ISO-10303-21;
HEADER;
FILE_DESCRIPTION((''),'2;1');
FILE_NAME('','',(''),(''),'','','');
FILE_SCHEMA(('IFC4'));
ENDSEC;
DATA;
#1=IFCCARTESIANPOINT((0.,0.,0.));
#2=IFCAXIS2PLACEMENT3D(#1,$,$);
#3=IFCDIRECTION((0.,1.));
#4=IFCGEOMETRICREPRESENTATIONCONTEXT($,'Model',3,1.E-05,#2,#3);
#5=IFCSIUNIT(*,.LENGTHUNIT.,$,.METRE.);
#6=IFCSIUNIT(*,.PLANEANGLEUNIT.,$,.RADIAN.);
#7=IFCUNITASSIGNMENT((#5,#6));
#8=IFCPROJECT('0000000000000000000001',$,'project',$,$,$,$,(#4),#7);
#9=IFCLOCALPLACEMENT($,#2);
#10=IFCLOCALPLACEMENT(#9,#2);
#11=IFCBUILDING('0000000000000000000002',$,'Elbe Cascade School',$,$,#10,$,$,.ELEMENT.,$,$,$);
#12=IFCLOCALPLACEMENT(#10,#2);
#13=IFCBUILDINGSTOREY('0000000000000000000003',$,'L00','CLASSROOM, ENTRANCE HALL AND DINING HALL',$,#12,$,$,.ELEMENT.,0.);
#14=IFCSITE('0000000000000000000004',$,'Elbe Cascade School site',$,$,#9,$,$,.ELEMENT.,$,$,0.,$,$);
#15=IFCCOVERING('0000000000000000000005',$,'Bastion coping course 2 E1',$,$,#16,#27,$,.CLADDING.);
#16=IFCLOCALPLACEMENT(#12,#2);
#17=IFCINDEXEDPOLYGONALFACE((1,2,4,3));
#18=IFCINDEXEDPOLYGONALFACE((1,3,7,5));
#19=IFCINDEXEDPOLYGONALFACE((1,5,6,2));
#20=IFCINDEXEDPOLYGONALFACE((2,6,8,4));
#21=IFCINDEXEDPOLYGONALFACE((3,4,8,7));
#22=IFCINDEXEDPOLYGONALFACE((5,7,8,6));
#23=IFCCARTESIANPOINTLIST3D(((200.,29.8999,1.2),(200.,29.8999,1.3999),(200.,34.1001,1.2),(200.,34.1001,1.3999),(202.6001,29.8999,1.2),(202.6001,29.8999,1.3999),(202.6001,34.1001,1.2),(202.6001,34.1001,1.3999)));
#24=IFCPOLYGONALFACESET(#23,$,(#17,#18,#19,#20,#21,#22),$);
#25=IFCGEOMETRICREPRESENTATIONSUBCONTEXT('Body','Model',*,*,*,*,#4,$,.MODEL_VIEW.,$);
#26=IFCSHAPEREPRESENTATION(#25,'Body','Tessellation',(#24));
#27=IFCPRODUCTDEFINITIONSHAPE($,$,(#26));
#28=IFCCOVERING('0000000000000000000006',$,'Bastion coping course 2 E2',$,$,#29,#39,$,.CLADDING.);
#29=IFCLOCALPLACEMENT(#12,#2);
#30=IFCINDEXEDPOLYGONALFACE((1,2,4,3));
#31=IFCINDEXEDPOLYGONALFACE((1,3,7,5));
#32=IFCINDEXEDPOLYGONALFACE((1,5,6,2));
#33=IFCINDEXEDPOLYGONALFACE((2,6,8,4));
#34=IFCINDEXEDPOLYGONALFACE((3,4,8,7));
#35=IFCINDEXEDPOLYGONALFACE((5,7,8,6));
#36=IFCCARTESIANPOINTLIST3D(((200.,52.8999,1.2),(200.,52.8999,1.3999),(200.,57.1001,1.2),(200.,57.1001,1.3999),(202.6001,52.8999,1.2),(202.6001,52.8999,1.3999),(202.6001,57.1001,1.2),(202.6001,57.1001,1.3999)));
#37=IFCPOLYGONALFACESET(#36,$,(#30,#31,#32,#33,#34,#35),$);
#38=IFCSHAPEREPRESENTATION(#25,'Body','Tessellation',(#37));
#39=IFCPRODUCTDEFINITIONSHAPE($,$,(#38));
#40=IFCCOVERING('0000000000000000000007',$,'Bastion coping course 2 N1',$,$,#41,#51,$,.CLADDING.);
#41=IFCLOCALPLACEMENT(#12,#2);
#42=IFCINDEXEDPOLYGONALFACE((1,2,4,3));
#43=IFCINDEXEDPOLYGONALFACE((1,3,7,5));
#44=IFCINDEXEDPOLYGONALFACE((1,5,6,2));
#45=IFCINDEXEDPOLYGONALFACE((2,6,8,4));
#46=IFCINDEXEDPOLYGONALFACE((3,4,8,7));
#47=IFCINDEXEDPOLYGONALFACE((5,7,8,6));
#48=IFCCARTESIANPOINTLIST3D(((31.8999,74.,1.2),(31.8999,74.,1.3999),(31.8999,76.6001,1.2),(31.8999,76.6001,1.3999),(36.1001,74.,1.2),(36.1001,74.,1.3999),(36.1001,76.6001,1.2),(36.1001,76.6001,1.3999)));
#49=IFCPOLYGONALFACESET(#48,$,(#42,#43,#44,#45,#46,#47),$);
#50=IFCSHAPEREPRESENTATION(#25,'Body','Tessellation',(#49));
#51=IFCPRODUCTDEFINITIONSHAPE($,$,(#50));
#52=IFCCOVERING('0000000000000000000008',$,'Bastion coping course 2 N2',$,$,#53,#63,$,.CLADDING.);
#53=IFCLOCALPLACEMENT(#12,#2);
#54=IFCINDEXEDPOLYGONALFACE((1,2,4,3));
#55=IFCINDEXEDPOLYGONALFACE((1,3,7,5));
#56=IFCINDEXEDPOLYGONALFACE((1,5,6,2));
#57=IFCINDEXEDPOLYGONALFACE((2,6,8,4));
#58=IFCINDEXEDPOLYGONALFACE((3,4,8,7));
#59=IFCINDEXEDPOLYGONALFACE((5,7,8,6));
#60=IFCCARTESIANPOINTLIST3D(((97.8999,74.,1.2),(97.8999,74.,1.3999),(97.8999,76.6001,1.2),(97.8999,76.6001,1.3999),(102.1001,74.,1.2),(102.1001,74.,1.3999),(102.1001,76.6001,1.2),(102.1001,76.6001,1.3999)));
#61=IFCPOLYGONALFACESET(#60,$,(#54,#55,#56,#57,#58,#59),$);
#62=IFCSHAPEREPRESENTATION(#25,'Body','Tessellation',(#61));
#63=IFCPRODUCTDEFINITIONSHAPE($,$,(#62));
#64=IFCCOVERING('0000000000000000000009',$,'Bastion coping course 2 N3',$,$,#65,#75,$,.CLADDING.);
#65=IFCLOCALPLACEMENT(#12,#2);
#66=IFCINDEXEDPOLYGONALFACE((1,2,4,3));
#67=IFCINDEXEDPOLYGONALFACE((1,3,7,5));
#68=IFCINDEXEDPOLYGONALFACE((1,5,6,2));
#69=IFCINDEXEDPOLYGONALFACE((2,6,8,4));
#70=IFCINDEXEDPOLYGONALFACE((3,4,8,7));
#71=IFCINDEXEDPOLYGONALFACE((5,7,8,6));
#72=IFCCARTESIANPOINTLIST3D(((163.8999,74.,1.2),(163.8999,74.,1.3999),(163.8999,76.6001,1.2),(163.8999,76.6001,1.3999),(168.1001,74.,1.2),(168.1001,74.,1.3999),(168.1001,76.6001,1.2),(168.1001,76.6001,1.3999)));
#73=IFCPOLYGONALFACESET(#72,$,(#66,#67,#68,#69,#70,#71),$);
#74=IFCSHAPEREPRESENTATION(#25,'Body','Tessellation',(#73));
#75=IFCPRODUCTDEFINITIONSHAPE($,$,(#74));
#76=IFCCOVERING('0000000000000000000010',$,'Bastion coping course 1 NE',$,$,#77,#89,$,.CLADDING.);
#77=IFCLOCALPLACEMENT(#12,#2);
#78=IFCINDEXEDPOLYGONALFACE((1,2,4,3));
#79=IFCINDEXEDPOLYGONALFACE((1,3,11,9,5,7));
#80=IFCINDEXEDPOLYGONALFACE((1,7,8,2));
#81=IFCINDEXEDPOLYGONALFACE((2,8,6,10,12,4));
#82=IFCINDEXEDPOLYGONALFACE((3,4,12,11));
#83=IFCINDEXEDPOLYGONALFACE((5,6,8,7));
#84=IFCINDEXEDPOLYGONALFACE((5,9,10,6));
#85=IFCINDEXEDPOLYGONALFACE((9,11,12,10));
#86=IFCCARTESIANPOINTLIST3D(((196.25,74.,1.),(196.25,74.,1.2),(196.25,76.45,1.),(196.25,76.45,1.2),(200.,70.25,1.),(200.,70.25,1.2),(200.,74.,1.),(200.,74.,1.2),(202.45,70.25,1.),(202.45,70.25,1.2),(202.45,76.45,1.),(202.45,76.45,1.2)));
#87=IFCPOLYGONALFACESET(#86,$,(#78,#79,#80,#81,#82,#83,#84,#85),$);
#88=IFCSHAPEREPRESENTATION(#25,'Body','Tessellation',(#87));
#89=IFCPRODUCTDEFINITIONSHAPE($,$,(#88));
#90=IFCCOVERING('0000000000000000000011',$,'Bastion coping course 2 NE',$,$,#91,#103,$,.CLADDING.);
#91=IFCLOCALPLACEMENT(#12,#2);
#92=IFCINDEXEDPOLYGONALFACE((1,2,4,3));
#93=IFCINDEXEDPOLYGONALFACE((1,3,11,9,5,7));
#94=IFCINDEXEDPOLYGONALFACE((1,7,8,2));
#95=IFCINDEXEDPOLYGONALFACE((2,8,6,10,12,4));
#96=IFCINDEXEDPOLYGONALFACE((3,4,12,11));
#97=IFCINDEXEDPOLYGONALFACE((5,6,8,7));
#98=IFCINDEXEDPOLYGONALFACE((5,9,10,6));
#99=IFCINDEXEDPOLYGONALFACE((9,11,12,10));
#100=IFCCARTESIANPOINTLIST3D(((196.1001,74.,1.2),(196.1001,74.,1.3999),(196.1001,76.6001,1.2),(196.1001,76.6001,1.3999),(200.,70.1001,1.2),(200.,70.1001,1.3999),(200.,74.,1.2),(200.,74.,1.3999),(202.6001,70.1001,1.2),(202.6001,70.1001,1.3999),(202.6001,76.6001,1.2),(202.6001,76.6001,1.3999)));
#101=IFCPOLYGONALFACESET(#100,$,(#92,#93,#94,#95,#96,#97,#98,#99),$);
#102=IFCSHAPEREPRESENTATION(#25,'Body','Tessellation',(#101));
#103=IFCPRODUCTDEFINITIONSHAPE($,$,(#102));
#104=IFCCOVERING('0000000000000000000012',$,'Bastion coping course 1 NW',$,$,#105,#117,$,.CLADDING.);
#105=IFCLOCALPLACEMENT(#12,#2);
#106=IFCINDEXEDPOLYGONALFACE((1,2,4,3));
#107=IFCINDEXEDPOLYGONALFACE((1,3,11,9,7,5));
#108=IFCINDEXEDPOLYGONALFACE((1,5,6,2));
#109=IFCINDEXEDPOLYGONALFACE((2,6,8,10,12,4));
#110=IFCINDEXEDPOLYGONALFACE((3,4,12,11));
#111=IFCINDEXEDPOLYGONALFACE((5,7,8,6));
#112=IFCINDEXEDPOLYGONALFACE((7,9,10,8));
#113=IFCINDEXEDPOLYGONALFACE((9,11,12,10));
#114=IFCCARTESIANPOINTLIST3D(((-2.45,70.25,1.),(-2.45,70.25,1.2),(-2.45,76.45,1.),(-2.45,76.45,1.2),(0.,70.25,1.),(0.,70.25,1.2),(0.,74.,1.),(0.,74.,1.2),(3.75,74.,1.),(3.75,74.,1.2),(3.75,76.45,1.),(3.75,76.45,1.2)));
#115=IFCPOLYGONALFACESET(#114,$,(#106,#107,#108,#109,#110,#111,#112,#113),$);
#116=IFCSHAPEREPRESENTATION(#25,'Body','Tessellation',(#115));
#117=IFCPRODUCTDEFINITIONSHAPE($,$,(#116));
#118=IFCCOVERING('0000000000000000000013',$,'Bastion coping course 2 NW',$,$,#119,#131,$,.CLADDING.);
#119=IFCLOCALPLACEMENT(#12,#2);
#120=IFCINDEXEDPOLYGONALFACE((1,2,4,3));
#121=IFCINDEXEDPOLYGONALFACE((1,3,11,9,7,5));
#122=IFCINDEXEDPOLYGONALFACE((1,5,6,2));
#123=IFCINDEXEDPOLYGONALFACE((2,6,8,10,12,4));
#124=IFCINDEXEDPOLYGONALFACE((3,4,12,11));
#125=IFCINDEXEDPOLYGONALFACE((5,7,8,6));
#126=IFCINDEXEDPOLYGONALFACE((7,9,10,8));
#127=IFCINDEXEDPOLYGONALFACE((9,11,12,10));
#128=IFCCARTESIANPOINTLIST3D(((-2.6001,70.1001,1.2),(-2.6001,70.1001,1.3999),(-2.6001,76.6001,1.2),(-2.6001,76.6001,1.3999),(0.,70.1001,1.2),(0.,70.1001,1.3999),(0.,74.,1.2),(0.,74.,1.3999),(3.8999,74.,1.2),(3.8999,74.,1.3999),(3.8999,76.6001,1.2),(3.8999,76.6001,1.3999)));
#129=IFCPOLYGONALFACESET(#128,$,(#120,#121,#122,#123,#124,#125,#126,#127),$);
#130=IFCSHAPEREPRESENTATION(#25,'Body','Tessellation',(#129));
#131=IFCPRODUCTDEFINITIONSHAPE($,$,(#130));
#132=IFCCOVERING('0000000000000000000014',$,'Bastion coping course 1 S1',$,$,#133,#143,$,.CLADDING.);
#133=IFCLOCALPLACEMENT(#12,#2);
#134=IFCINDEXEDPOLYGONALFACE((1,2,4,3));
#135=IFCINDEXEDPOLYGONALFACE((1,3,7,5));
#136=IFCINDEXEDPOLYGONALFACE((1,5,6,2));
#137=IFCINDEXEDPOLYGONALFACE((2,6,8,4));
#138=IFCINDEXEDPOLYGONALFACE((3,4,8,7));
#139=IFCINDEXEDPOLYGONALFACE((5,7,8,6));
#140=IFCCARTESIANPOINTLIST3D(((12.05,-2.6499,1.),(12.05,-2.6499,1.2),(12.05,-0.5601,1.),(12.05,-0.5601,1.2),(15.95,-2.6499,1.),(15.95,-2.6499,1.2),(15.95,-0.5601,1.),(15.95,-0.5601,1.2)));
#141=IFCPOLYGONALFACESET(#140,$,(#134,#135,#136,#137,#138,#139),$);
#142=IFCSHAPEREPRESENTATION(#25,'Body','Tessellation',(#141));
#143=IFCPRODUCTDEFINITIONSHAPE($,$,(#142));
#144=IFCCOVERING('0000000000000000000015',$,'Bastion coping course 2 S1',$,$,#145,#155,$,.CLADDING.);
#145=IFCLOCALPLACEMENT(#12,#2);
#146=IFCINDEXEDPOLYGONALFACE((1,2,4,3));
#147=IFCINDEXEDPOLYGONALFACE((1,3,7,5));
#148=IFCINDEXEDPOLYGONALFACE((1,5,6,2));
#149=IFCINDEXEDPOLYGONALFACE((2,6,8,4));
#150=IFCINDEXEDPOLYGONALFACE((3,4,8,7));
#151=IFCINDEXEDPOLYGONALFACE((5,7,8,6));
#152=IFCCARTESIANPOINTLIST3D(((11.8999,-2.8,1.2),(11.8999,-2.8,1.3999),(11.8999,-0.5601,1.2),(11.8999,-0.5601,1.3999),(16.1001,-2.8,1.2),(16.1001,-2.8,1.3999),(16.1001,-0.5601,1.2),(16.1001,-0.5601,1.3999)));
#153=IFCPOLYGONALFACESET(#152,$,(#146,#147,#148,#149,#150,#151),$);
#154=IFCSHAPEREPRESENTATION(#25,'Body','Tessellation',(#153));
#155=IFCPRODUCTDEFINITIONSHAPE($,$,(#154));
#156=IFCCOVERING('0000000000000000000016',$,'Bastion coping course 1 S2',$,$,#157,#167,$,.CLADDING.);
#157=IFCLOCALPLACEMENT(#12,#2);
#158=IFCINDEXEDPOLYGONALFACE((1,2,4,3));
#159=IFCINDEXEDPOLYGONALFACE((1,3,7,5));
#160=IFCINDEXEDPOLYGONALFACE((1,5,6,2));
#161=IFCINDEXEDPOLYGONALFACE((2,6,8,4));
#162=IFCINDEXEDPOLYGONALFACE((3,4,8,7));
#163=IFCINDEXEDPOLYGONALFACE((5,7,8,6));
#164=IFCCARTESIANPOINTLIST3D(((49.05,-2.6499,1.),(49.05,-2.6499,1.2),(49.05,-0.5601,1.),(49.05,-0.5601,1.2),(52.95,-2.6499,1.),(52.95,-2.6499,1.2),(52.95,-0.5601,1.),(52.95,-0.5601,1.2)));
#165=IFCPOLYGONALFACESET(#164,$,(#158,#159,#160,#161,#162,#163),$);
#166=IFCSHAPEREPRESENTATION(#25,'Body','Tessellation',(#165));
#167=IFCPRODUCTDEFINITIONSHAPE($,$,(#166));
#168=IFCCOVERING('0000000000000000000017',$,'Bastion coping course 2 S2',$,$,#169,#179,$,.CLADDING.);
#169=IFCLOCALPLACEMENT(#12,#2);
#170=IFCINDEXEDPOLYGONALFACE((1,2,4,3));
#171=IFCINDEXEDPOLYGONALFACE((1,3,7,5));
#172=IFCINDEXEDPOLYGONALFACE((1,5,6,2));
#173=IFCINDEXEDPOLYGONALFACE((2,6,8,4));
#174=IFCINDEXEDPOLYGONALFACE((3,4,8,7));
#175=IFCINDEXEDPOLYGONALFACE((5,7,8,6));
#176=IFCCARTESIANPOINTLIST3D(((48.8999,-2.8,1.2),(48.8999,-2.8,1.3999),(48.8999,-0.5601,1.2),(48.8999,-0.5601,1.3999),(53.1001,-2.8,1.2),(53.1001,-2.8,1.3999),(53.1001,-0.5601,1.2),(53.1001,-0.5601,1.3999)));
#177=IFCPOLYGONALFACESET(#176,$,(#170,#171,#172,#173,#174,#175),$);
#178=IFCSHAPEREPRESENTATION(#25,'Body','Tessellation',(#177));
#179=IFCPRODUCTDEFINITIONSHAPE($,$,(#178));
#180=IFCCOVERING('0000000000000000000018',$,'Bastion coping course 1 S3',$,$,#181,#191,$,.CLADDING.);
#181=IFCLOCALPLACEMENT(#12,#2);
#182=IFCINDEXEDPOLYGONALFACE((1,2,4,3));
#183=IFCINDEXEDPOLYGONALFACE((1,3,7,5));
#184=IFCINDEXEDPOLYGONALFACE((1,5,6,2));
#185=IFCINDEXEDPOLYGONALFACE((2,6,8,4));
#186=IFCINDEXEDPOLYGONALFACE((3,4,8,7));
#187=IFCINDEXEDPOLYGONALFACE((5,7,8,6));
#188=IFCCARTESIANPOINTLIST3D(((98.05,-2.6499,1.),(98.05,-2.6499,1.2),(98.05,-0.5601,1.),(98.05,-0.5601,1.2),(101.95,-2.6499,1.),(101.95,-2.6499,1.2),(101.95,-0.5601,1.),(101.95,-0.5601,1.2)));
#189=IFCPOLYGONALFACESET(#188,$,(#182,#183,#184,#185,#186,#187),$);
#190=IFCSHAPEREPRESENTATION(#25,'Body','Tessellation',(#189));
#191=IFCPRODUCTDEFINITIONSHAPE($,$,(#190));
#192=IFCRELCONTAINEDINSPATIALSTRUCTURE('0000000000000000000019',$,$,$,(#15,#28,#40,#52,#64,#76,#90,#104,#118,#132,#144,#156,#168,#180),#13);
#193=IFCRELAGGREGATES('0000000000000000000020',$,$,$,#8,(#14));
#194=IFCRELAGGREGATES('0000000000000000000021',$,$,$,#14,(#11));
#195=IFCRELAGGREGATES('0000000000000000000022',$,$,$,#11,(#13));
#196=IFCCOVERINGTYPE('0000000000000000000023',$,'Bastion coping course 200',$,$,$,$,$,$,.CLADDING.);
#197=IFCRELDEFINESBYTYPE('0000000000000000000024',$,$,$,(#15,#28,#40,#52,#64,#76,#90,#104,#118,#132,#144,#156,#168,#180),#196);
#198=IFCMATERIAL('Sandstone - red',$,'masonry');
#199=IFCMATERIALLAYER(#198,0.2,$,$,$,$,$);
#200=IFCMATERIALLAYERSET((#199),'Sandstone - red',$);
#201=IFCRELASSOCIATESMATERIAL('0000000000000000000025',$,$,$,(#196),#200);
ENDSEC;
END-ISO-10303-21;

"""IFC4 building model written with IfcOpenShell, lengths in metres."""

from ifc_helpers import new_model, si_unit, direction, frame, origin, place, context, subcontext, project, spatial, polyline, outline, extrude, material, layer, layer_set, type_object, element, save


model = new_model("IFC4")

# Units and contexts
model_context = context("Model", 3, precision=1e-05, world=origin(), true_north=direction((0.0, 1.0)))
body_context = subcontext(model_context, "Body", "Model", "MODEL_VIEW")
ifc_project = project(units=[si_unit("LENGTHUNIT", "METRE"), si_unit("PLANEANGLEUNIT", "RADIAN")], contexts=[model_context])

# Site, building, storey
site_placement = place(None, origin())
site = spatial("IfcSite", under=ifc_project, at=site_placement, Name="Elbe Cascade School site", CompositionType="ELEMENT", RefElevation=0.0)
building_placement = place(site_placement, origin())
building = spatial("IfcBuilding", under=site, at=building_placement, Name="Elbe Cascade School", CompositionType="ELEMENT")
storey_placement = place(building_placement, origin())
storey = spatial("IfcBuildingStorey", under=building, at=storey_placement, Name="L00", Description="CLASSROOM, ENTRANCE HALL AND DINING HALL", CompositionType="ELEMENT", Elevation=0.0)

# Coverings
ifc_material = material(Name="Sandstone - red", Category="masonry")
ifc_layer = layer(ifc_material, 0.2)
ifc_layer_set = layer_set([ifc_layer], Name="Sandstone - red")
covering_type = type_object("IfcCoveringType", Name="Bastion coping course 200", PredefinedType="CLADDING", material=ifc_layer_set)
covering_1_placement = place(storey_placement, frame((0.0, 0.0, 1.2)))
element("IfcCovering", 1, at=covering_1_placement, inside=storey, type_object=covering_type, Name="Bastion coping course 2 E1", PredefinedType="CLADDING", context=body_context, shape_type="SweptSolid", body=[
    extrude(outline(polyline([(202.6001, 29.8999), (202.6001, 34.1001), (200.0, 34.1001), (200.0, 29.8999), (202.6001, 29.8999)])), origin(), (0.0, 0.0, 1.0), 0.2),
])
covering_2_placement = place(storey_placement, frame((0.0, 0.0, 1.2)))
element("IfcCovering", 2, at=covering_2_placement, inside=storey, type_object=covering_type, Name="Bastion coping course 2 E2", PredefinedType="CLADDING", context=body_context, shape_type="SweptSolid", body=[
    extrude(outline(polyline([(202.6001, 52.8999), (202.6001, 57.1001), (200.0, 57.1001), (200.0, 52.8999), (202.6001, 52.8999)])), origin(), (0.0, 0.0, 1.0), 0.2),
])
covering_3_placement = place(storey_placement, frame((0.0, 0.0, 1.2)))
element("IfcCovering", 3, at=covering_3_placement, inside=storey, type_object=covering_type, Name="Bastion coping course 2 N1", PredefinedType="CLADDING", context=body_context, shape_type="SweptSolid", body=[
    extrude(outline(polyline([(31.8999, 74.0), (36.1001, 74.0), (36.1001, 76.6001), (31.8999, 76.6001), (31.8999, 74.0)])), origin(), (0.0, 0.0, 1.0), 0.2),
])
covering_4_placement = place(storey_placement, frame((0.0, 0.0, 1.2)))
element("IfcCovering", 4, at=covering_4_placement, inside=storey, type_object=covering_type, Name="Bastion coping course 2 N2", PredefinedType="CLADDING", context=body_context, shape_type="SweptSolid", body=[
    extrude(outline(polyline([(97.8999, 74.0), (102.1001, 74.0), (102.1001, 76.6001), (97.8999, 76.6001), (97.8999, 74.0)])), origin(), (0.0, 0.0, 1.0), 0.2),
])
covering_5_placement = place(storey_placement, frame((0.0, 0.0, 1.2)))
element("IfcCovering", 5, at=covering_5_placement, inside=storey, type_object=covering_type, Name="Bastion coping course 2 N3", PredefinedType="CLADDING", context=body_context, shape_type="SweptSolid", body=[
    extrude(outline(polyline([(163.8999, 74.0), (168.1001, 74.0), (168.1001, 76.6001), (163.8999, 76.6001), (163.8999, 74.0)])), origin(), (0.0, 0.0, 1.0), 0.2),
])
covering_6_placement = place(storey_placement, frame((0.0, 0.0, 1.0)))
element("IfcCovering", 6, at=covering_6_placement, inside=storey, type_object=covering_type, Name="Bastion coping course 1 NE", PredefinedType="CLADDING", context=body_context, shape_type="SweptSolid", body=[
    extrude(outline(polyline([(202.45, 76.45), (196.25, 76.45), (196.25, 74.0), (200.0, 74.0), (200.0, 70.25), (202.45, 70.25), (202.45, 76.45)])), origin(), (0.0, 0.0, 1.0), 0.2),
])
covering_7_placement = place(storey_placement, frame((0.0, 0.0, 1.2)))
element("IfcCovering", 7, at=covering_7_placement, inside=storey, type_object=covering_type, Name="Bastion coping course 2 NE", PredefinedType="CLADDING", context=body_context, shape_type="SweptSolid", body=[
    extrude(outline(polyline([(202.6001, 76.6001), (196.1001, 76.6001), (196.1001, 74.0), (200.0, 74.0), (200.0, 70.1001), (202.6001, 70.1001), (202.6001, 76.6001)])), origin(), (0.0, 0.0, 1.0), 0.2),
])
covering_8_placement = place(storey_placement, frame((0.0, 0.0, 1.0)))
element("IfcCovering", 8, at=covering_8_placement, inside=storey, type_object=covering_type, Name="Bastion coping course 1 NW", PredefinedType="CLADDING", context=body_context, shape_type="SweptSolid", body=[
    extrude(outline(polyline([(0.0, 70.25), (0.0, 74.0), (3.75, 74.0), (3.75, 76.45), (-2.45, 76.45), (-2.45, 70.25), (0.0, 70.25)])), origin(), (0.0, 0.0, 1.0), 0.2),
])
covering_9_placement = place(storey_placement, frame((0.0, 0.0, 1.2)))
element("IfcCovering", 9, at=covering_9_placement, inside=storey, type_object=covering_type, Name="Bastion coping course 2 NW", PredefinedType="CLADDING", context=body_context, shape_type="SweptSolid", body=[
    extrude(outline(polyline([(0.0, 70.1001), (0.0, 74.0), (3.8999, 74.0), (3.8999, 76.6001), (-2.6001, 76.6001), (-2.6001, 70.1001), (0.0, 70.1001)])), origin(), (0.0, 0.0, 1.0), 0.2),
])
covering_10_placement = place(storey_placement, frame((0.0, 0.0, 1.0)))
element("IfcCovering", 10, at=covering_10_placement, inside=storey, type_object=covering_type, Name="Bastion coping course 1 S1", PredefinedType="CLADDING", context=body_context, shape_type="SweptSolid", body=[
    extrude(outline(polyline([(15.95, -2.6499), (15.95, -0.5601), (12.05, -0.5601), (12.05, -2.6499), (15.95, -2.6499)])), origin(), (0.0, 0.0, 1.0), 0.2),
])
covering_11_placement = place(storey_placement, frame((0.0, 0.0, 1.2)))
element("IfcCovering", 11, at=covering_11_placement, inside=storey, type_object=covering_type, Name="Bastion coping course 2 S1", PredefinedType="CLADDING", context=body_context, shape_type="SweptSolid", body=[
    extrude(outline(polyline([(16.1001, -2.8), (16.1001, -0.5601), (11.8999, -0.5601), (11.8999, -2.8), (16.1001, -2.8)])), origin(), (0.0, 0.0, 1.0), 0.2),
])
covering_12_placement = place(storey_placement, frame((0.0, 0.0, 1.0)))
element("IfcCovering", 12, at=covering_12_placement, inside=storey, type_object=covering_type, Name="Bastion coping course 1 S2", PredefinedType="CLADDING", context=body_context, shape_type="SweptSolid", body=[
    extrude(outline(polyline([(52.95, -2.6499), (52.95, -0.5601), (49.05, -0.5601), (49.05, -2.6499), (52.95, -2.6499)])), origin(), (0.0, 0.0, 1.0), 0.2),
])
covering_13_placement = place(storey_placement, frame((0.0, 0.0, 1.2)))
element("IfcCovering", 13, at=covering_13_placement, inside=storey, type_object=covering_type, Name="Bastion coping course 2 S2", PredefinedType="CLADDING", context=body_context, shape_type="SweptSolid", body=[
    extrude(outline(polyline([(53.1001, -2.8), (53.1001, -0.5601), (48.8999, -0.5601), (48.8999, -2.8), (53.1001, -2.8)])), origin(), (0.0, 0.0, 1.0), 0.2),
])
covering_14_placement = place(storey_placement, frame((0.0, 0.0, 1.0)))
element("IfcCovering", 14, at=covering_14_placement, inside=storey, type_object=covering_type, Name="Bastion coping course 1 S3", PredefinedType="CLADDING", context=body_context, shape_type="SweptSolid", body=[
    extrude(outline(polyline([(101.95, -2.6499), (101.95, -0.5601), (98.05, -0.5601), (98.05, -2.6499), (101.95, -2.6499)])), origin(), (0.0, 0.0, 1.0), 0.2),
])

save(model, "model.ifc")
